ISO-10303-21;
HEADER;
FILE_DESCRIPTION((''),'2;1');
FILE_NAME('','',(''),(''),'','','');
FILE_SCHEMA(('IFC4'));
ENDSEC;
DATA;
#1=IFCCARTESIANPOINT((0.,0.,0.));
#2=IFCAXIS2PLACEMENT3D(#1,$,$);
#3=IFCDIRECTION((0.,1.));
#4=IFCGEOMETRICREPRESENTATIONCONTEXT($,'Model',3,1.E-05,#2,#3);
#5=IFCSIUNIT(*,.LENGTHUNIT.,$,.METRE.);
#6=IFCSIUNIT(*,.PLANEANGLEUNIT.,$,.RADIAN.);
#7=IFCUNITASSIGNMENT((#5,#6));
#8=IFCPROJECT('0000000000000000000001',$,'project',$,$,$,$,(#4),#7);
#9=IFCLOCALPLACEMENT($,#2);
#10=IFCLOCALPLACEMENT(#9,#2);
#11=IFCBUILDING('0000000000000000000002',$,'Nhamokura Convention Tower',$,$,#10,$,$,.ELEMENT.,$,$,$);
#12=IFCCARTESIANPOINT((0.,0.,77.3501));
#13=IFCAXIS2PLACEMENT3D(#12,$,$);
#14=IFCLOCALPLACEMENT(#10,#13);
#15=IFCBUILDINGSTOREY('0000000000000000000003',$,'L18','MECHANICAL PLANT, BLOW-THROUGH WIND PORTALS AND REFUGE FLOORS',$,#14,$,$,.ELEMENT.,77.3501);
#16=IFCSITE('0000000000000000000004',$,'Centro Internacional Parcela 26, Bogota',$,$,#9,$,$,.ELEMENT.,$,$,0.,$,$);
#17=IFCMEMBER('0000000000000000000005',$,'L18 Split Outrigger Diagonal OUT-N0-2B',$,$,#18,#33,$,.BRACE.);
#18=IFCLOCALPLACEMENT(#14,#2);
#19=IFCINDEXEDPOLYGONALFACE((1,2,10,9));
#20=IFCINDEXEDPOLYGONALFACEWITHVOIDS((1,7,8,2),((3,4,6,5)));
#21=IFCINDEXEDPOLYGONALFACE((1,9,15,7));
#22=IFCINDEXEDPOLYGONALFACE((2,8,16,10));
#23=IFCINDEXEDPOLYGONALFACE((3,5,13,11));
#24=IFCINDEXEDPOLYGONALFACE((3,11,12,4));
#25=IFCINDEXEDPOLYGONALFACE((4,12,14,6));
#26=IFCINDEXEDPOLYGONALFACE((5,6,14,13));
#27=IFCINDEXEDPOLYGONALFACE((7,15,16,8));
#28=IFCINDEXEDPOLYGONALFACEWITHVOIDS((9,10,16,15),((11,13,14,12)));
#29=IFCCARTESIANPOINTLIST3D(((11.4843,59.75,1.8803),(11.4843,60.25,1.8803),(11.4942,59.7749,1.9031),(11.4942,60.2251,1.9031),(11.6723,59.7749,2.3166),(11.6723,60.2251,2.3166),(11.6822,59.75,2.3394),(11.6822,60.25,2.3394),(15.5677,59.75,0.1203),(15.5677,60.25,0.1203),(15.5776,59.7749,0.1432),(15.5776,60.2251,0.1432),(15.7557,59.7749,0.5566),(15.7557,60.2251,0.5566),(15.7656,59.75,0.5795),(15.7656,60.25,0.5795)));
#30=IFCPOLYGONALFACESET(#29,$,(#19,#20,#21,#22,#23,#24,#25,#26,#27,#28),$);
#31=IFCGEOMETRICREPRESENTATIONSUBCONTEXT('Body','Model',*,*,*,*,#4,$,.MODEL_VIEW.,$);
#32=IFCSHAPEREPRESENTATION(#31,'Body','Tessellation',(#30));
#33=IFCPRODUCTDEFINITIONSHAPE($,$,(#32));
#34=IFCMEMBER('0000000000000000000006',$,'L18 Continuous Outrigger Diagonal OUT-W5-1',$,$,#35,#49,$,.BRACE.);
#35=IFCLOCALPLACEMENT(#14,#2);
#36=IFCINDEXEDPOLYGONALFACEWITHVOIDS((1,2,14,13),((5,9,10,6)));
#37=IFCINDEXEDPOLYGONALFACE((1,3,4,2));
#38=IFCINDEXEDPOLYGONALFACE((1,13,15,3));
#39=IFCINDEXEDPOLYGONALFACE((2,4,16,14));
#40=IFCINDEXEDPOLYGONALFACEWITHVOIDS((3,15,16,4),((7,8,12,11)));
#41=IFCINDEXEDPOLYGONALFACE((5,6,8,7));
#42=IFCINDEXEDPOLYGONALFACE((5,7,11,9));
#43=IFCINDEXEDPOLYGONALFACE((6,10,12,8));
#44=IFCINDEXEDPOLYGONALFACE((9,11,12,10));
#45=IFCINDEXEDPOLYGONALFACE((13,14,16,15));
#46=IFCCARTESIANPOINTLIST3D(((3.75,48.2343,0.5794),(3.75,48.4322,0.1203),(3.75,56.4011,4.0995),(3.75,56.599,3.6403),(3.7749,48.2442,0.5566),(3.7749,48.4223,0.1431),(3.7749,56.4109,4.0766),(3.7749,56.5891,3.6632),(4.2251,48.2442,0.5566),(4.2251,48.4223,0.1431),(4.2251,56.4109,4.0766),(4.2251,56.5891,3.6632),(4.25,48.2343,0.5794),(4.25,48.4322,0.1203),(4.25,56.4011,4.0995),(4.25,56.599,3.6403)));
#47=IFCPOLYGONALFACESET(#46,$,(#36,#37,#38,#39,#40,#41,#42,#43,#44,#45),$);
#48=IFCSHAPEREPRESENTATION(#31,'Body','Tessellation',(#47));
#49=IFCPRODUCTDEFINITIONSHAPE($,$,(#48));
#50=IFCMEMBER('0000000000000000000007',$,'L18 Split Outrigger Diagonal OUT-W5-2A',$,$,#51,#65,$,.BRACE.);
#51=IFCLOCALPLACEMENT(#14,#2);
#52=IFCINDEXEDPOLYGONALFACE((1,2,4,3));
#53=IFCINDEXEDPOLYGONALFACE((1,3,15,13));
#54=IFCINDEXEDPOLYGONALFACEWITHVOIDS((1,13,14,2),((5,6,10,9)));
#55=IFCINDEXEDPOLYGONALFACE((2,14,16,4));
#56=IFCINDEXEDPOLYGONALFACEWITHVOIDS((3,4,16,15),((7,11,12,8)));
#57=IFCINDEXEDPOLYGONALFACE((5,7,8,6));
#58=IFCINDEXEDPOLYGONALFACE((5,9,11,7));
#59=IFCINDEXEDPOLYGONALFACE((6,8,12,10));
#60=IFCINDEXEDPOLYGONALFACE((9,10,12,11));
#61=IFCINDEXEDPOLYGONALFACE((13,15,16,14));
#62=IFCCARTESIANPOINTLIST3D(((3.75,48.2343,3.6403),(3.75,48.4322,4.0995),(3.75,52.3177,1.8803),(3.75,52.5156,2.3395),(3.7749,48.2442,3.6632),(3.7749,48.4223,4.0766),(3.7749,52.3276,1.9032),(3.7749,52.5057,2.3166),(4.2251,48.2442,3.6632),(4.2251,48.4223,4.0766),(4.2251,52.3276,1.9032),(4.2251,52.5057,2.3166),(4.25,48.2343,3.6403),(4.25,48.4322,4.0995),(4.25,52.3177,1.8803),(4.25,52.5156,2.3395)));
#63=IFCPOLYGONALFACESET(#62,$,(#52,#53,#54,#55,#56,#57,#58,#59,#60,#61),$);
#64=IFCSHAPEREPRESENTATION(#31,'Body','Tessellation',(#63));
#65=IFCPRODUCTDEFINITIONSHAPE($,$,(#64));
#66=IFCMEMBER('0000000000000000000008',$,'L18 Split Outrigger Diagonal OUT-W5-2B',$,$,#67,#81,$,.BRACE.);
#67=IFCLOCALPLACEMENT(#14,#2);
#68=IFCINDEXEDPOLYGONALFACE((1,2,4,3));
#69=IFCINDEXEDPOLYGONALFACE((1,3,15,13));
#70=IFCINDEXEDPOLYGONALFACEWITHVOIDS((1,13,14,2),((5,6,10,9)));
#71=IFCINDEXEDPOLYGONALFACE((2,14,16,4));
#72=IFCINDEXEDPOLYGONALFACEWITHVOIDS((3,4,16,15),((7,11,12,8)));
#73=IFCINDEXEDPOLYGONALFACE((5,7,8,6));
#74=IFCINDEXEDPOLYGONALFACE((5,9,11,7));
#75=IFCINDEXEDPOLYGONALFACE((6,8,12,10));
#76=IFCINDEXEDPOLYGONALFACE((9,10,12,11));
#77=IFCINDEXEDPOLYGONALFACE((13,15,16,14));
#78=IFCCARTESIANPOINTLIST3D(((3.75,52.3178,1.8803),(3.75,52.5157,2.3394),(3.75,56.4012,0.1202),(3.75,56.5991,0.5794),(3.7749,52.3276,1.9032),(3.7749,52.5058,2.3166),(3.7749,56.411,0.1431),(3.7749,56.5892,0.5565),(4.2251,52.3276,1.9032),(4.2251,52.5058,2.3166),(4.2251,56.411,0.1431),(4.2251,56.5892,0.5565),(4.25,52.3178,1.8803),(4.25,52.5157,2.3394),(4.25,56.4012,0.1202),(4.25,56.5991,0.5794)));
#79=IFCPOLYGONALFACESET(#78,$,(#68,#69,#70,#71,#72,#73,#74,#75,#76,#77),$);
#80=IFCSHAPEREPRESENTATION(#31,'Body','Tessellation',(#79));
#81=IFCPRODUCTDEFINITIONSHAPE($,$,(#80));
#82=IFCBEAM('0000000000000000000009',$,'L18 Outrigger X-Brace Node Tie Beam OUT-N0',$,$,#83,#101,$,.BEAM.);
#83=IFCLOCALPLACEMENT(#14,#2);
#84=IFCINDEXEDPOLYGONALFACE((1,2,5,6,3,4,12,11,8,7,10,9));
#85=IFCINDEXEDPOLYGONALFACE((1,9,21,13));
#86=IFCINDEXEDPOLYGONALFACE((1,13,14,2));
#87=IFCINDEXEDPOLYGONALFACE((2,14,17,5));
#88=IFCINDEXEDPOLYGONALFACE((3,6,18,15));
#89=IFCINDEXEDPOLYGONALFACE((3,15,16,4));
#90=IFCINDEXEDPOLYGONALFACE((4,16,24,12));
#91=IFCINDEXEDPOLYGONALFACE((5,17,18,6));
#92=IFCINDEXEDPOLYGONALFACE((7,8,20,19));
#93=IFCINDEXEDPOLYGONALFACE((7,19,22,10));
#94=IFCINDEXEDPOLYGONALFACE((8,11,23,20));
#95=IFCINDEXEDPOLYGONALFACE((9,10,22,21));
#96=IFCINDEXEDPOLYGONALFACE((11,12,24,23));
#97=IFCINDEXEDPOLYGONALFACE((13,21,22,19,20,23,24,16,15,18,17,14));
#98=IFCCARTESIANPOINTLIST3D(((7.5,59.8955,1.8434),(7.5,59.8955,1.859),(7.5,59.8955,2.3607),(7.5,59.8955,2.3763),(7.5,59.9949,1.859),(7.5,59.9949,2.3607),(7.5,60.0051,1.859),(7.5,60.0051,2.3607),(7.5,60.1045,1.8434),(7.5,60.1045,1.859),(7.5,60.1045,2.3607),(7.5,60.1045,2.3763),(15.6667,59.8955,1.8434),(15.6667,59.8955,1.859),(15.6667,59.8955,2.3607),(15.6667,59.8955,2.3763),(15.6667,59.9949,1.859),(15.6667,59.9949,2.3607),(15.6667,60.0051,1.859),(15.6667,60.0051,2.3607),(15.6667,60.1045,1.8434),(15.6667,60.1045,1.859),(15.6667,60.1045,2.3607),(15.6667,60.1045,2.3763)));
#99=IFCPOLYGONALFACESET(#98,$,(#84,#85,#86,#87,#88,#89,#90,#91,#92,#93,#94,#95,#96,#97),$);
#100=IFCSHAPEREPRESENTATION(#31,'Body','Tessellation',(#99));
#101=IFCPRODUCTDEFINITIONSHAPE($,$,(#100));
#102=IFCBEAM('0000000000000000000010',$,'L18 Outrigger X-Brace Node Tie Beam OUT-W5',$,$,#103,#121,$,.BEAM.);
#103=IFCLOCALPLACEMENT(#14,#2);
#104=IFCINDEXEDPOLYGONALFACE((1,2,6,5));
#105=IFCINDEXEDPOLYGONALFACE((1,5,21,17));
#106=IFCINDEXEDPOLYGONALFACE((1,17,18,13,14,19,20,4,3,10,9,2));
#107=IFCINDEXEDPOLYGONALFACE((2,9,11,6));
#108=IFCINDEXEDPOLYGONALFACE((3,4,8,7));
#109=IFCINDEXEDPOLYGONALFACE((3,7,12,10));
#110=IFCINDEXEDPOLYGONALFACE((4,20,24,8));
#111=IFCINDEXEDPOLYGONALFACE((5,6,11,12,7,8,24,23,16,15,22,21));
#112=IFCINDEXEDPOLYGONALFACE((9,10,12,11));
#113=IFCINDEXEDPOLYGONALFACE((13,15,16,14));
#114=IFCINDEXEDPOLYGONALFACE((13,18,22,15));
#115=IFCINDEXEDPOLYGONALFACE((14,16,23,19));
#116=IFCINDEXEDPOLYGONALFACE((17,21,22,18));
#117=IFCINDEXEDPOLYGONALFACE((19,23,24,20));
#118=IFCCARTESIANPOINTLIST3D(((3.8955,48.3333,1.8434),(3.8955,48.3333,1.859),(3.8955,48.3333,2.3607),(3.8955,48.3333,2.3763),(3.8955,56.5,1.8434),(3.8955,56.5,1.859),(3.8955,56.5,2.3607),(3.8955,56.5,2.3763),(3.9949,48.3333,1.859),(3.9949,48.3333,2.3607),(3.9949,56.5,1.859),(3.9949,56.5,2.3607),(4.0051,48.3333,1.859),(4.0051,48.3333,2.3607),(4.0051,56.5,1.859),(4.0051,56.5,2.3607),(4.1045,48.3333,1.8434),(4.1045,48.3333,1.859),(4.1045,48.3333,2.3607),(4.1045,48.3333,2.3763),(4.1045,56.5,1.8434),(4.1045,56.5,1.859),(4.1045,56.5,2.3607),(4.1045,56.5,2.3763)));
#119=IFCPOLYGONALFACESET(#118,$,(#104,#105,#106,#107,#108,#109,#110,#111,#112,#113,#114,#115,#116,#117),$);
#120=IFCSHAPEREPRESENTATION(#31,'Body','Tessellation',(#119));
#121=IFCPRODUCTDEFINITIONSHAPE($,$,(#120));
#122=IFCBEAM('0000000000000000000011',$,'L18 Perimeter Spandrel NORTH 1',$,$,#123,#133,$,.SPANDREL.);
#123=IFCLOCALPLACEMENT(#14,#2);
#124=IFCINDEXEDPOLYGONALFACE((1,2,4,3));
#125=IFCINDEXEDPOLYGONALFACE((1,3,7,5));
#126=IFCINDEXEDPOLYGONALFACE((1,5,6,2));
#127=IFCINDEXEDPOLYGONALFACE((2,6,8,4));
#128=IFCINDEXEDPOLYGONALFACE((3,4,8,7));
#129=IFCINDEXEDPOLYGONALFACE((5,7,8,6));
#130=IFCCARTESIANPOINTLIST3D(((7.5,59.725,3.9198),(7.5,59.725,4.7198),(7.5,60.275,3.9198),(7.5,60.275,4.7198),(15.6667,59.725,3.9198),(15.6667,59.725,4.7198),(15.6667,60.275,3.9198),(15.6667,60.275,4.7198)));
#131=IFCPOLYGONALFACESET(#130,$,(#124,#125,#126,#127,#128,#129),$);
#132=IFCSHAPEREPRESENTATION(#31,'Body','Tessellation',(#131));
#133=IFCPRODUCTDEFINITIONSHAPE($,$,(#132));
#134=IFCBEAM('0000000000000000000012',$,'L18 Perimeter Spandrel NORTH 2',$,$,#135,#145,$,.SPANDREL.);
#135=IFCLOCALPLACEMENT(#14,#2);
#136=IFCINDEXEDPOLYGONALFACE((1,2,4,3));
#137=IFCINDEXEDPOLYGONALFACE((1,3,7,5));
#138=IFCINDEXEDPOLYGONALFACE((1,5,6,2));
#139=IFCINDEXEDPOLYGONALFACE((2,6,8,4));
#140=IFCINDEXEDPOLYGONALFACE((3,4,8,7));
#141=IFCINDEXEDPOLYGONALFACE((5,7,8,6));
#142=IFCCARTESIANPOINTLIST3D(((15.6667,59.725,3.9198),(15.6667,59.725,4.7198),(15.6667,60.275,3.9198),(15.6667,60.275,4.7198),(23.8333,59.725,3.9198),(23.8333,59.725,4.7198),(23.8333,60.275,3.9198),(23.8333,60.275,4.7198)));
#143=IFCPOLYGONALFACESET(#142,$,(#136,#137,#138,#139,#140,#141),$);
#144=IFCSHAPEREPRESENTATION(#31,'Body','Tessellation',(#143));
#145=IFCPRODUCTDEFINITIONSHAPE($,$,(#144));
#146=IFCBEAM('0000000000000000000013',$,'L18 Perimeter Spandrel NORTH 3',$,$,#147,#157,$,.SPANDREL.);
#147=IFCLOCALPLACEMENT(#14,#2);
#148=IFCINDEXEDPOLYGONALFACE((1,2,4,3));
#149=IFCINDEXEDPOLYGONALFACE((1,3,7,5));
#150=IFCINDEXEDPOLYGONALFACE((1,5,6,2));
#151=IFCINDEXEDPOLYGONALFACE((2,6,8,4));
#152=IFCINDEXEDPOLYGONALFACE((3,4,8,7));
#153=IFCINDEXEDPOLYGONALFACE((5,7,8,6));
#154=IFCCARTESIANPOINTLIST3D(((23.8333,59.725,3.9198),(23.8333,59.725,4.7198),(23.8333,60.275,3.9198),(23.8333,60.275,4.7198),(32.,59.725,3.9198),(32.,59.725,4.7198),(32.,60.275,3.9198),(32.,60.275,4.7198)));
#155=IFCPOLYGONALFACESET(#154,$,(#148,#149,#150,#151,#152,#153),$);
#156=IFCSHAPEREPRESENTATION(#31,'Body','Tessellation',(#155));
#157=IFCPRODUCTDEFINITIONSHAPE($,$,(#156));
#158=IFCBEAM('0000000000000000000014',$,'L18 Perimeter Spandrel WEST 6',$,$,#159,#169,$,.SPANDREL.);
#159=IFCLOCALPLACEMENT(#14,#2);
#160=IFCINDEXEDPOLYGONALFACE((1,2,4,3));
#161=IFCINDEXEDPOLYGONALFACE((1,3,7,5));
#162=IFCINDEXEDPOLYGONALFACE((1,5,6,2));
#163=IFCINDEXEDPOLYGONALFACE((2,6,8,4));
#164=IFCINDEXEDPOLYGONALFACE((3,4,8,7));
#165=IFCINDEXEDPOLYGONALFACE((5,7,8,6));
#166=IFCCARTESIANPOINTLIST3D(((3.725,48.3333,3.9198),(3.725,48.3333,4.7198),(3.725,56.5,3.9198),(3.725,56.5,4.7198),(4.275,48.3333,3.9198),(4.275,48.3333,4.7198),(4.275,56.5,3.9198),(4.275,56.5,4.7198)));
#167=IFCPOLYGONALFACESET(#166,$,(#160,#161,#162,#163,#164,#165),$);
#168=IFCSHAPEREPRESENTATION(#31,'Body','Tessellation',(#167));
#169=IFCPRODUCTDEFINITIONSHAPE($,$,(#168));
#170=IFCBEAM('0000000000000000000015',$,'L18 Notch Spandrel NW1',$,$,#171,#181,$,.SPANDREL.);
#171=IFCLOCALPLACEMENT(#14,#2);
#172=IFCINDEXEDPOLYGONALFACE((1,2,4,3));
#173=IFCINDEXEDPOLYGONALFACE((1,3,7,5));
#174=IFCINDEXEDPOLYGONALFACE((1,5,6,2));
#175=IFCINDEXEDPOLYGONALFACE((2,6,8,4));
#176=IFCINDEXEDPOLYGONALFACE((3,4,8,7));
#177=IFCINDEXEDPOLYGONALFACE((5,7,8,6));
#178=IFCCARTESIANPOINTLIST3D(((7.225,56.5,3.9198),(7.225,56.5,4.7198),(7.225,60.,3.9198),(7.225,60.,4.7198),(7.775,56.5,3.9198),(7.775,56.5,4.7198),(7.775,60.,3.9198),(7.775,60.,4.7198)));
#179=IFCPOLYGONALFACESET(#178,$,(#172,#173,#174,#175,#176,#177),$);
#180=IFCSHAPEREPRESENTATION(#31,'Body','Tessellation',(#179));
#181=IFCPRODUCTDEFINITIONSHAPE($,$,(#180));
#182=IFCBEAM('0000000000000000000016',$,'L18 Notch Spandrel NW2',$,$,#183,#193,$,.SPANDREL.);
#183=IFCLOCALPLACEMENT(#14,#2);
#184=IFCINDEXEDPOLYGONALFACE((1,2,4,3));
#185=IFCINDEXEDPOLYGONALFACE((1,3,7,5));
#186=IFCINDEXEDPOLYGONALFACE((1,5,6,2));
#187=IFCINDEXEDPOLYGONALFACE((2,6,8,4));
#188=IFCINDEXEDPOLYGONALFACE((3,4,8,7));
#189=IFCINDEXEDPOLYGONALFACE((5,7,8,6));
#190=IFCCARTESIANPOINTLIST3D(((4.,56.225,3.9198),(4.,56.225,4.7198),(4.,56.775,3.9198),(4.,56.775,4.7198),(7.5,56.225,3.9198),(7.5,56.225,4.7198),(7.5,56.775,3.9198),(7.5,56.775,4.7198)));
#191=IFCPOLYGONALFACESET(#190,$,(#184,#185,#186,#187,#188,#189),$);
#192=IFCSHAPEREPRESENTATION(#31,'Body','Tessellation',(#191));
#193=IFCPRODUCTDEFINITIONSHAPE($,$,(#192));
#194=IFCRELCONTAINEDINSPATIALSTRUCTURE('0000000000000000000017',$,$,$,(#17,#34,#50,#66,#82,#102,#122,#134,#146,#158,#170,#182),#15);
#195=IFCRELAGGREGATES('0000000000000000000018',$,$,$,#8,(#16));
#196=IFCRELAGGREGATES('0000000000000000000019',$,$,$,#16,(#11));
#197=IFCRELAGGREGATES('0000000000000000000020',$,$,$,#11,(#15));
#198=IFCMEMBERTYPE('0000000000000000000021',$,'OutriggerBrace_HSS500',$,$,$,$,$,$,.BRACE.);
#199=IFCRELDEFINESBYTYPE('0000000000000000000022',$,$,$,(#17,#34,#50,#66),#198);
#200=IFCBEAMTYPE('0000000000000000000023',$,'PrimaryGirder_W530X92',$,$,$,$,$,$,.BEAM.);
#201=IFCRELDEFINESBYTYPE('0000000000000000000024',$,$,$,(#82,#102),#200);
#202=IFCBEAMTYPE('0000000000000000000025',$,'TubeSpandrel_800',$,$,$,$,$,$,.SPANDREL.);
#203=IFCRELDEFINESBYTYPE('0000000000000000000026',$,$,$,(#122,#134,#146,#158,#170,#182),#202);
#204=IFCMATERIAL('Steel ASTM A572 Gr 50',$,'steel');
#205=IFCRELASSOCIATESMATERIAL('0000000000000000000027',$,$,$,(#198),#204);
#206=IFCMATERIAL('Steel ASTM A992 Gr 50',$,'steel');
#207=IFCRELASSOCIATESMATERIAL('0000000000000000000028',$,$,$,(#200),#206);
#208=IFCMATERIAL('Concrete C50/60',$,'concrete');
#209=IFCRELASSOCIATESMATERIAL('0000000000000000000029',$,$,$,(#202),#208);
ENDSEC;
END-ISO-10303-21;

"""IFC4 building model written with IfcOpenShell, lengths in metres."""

from ifc_helpers import new_model, si_unit, direction, frame, origin, origin_2d, place, context, subcontext, project, spatial, rectangle, hollow_rectangle, i_section, extrude, material, material_profile, profile_set, type_object, element, save


model = new_model("IFC4")

# Units and contexts
model_context = context("Model", 3, precision=1e-05, world=origin(), true_north=direction((0.0, 1.0)))
body_context = subcontext(model_context, "Body", "Model", "MODEL_VIEW")
ifc_project = project(units=[si_unit("LENGTHUNIT", "METRE"), si_unit("PLANEANGLEUNIT", "RADIAN")], contexts=[model_context])

# Site, building, storey
site_placement = place(None, origin())
site = spatial("IfcSite", under=ifc_project, at=site_placement, Name="Centro Internacional Parcela 26, Bogota", CompositionType="ELEMENT", RefElevation=0.0)
building_placement = place(site_placement, origin())
building = spatial("IfcBuilding", under=site, at=building_placement, Name="Nhamokura Convention Tower", CompositionType="ELEMENT")
storey_placement = place(building_placement, frame((0.0, 0.0, 77.3501)))
storey = spatial("IfcBuildingStorey", under=building, at=storey_placement, Name="L18", Description="MECHANICAL PLANT, BLOW-THROUGH WIND PORTALS AND REFUGE FLOORS", CompositionType="ELEMENT", Elevation=77.3501)

# Members
ifc_material_1 = material(Name="Steel ASTM A572 Gr 50", Category="steel")
ifc_material_profile_1 = material_profile(ifc_material_1, hollow_rectangle(XDim=0.5, YDim=0.5, WallThickness=0.0249, at=origin_2d()))
ifc_profile_set_1 = profile_set([ifc_material_profile_1], Name="Steel ASTM A572 Gr 50")
member_type = type_object("IfcMemberType", Name="OutriggerBrace_HSS500", PredefinedType="BRACE", material=ifc_profile_set_1)
for number, where, z_axis, x_axis, name in (
    (1, (11.5833, 60.0, 2.1099), (0.918334, 0.0, -0.395807), (0.0, 1.0, 0.0), "L18 Split Outrigger Diagonal OUT-N0-2B"),
):
    element("IfcMember", number, at=place(storey_placement, frame(where, z_axis=z_axis, x_axis=x_axis)), inside=storey, type_object=member_type, Name=name, PredefinedType="BRACE", context=body_context, shape_type="SweptSolid", body=[
        extrude(hollow_rectangle(XDim=0.5, YDim=0.5, WallThickness=0.0249, at=origin_2d()), origin(), (0.0, 0.0, 1.0), 4.4465),
    ])
member_1_placement = place(storey_placement, frame((4.0, 48.3333, 0.3499), z_axis=(0.0, 0.918329, 0.395817), x_axis=(-1.0, 0.0, 0.0)))
element("IfcMember", 2, at=member_1_placement, inside=storey, type_object=member_type, Name="L18 Continuous Outrigger Diagonal OUT-W5-1", PredefinedType="BRACE", context=body_context, shape_type="SweptSolid", body=[
    extrude(hollow_rectangle(XDim=0.5, YDim=0.5, WallThickness=0.0249, at=origin_2d()), origin(), (0.0, 0.0, 1.0), 8.8931),
])
for number, where, z_axis, x_axis, name in (
    (3, (4.0, 48.3333, 3.8699), (0.0, 0.918334, -0.395807), (-1.0, 0.0, 0.0), "L18 Split Outrigger Diagonal OUT-W5-2A"),
    (4, (4.0, 52.4167, 2.1099), (0.0, 0.918325, -0.395827), (-1.0, 0.0, 0.0), "L18 Split Outrigger Diagonal OUT-W5-2B"),
):
    element("IfcMember", number, at=place(storey_placement, frame(where, z_axis=z_axis, x_axis=x_axis)), inside=storey, type_object=member_type, Name=name, PredefinedType="BRACE", context=body_context, shape_type="SweptSolid", body=[
        extrude(hollow_rectangle(XDim=0.5, YDim=0.5, WallThickness=0.0249, at=origin_2d()), origin(), (0.0, 0.0, 1.0), 4.4465),
    ])

# Beams
ifc_material_2 = material(Name="Steel ASTM A992 Gr 50", Category="steel")
ifc_material_profile_2 = material_profile(ifc_material_2, i_section(OverallWidth=0.209, OverallDepth=0.533, WebThickness=0.0103, FlangeThickness=0.0156, at=origin_2d()))
ifc_profile_set_2 = profile_set([ifc_material_profile_2], Name="Steel ASTM A992 Gr 50")
beam_type_1 = type_object("IfcBeamType", Name="PrimaryGirder_W530X92", PredefinedType="BEAM", material=ifc_profile_set_2)
for number, where, z_axis, x_axis, name in (
    (5, (7.5, 60.0, 2.1099), (1.0, 0.0, 0.0), (0.0, 1.0, 0.0), "L18 Outrigger X-Brace Node Tie Beam OUT-N0"),
    (6, (4.0, 48.3333, 2.1099), (0.0, 1.0, 0.0), (-1.0, 0.0, 0.0), "L18 Outrigger X-Brace Node Tie Beam OUT-W5"),
):
    element("IfcBeam", number, at=place(storey_placement, frame(where, z_axis=z_axis, x_axis=x_axis)), inside=storey, type_object=beam_type_1, Name=name, PredefinedType="BEAM", context=body_context, shape_type="SweptSolid", body=[
        extrude(i_section(OverallWidth=0.209, OverallDepth=0.533, WebThickness=0.0103, FlangeThickness=0.0156, at=origin_2d()), origin(), (0.0, 0.0, 1.0), 8.1667),
    ])
ifc_material_3 = material(Name="Concrete C50/60", Category="concrete")
ifc_material_profile_3 = material_profile(ifc_material_3, rectangle(XDim=0.55, YDim=0.8, at=origin_2d()))
ifc_profile_set_3 = profile_set([ifc_material_profile_3], Name="Concrete C50/60")
beam_type_2 = type_object("IfcBeamType", Name="TubeSpandrel_800", PredefinedType="SPANDREL", material=ifc_profile_set_3)
beam_1_placement = place(storey_placement, frame((7.5, 60.0, 4.3198), z_axis=(1.0, 0.0, 0.0), x_axis=(0.0, 1.0, 0.0)))
element("IfcBeam", 7, at=beam_1_placement, inside=storey, type_object=beam_type_2, Name="L18 Perimeter Spandrel NORTH 1", PredefinedType="SPANDREL", context=body_context, shape_type="SweptSolid", body=[
    extrude(rectangle(XDim=0.55, YDim=0.8, at=origin_2d()), origin(), (0.0, 0.0, 1.0), 8.1667),
])
beam_2_placement = place(storey_placement, frame((15.6667, 60.0, 4.3198), z_axis=(1.0, 0.0, 0.0), x_axis=(0.0, 1.0, 0.0)))
element("IfcBeam", 8, at=beam_2_placement, inside=storey, type_object=beam_type_2, Name="L18 Perimeter Spandrel NORTH 2", PredefinedType="SPANDREL", context=body_context, shape_type="SweptSolid", body=[
    extrude(rectangle(XDim=0.55, YDim=0.8, at=origin_2d()), origin(), (0.0, 0.0, 1.0), 8.1665),
])
for number, where, z_axis, x_axis, name in (
    (9, (23.8333, 60.0, 4.3198), (1.0, 0.0, 0.0), (0.0, 1.0, 0.0), "L18 Perimeter Spandrel NORTH 3"),
    (10, (4.0, 48.3333, 4.3198), (0.0, 1.0, 0.0), (-1.0, 0.0, 0.0), "L18 Perimeter Spandrel WEST 6"),
):
    element("IfcBeam", number, at=place(storey_placement, frame(where, z_axis=z_axis, x_axis=x_axis)), inside=storey, type_object=beam_type_2, Name=name, PredefinedType="SPANDREL", context=body_context, shape_type="SweptSolid", body=[
        extrude(rectangle(XDim=0.55, YDim=0.8, at=origin_2d()), origin(), (0.0, 0.0, 1.0), 8.1667),
    ])
for number, where, z_axis, x_axis, name in (
    (11, (7.5, 60.0, 4.3198), (0.0, -1.0, 0.0), (1.0, 0.0, 0.0), "L18 Notch Spandrel NW1"),
    (12, (7.5, 56.5, 4.3198), (-1.0, 0.0, 0.0), (0.0, -1.0, 0.0), "L18 Notch Spandrel NW2"),
):
    element("IfcBeam", number, at=place(storey_placement, frame(where, z_axis=z_axis, x_axis=x_axis)), inside=storey, type_object=beam_type_2, Name=name, PredefinedType="SPANDREL", context=body_context, shape_type="SweptSolid", body=[
        extrude(rectangle(XDim=0.55, YDim=0.8, at=origin_2d()), origin(), (0.0, 0.0, 1.0), 3.5),
    ])

save(model, "model.ifc")
